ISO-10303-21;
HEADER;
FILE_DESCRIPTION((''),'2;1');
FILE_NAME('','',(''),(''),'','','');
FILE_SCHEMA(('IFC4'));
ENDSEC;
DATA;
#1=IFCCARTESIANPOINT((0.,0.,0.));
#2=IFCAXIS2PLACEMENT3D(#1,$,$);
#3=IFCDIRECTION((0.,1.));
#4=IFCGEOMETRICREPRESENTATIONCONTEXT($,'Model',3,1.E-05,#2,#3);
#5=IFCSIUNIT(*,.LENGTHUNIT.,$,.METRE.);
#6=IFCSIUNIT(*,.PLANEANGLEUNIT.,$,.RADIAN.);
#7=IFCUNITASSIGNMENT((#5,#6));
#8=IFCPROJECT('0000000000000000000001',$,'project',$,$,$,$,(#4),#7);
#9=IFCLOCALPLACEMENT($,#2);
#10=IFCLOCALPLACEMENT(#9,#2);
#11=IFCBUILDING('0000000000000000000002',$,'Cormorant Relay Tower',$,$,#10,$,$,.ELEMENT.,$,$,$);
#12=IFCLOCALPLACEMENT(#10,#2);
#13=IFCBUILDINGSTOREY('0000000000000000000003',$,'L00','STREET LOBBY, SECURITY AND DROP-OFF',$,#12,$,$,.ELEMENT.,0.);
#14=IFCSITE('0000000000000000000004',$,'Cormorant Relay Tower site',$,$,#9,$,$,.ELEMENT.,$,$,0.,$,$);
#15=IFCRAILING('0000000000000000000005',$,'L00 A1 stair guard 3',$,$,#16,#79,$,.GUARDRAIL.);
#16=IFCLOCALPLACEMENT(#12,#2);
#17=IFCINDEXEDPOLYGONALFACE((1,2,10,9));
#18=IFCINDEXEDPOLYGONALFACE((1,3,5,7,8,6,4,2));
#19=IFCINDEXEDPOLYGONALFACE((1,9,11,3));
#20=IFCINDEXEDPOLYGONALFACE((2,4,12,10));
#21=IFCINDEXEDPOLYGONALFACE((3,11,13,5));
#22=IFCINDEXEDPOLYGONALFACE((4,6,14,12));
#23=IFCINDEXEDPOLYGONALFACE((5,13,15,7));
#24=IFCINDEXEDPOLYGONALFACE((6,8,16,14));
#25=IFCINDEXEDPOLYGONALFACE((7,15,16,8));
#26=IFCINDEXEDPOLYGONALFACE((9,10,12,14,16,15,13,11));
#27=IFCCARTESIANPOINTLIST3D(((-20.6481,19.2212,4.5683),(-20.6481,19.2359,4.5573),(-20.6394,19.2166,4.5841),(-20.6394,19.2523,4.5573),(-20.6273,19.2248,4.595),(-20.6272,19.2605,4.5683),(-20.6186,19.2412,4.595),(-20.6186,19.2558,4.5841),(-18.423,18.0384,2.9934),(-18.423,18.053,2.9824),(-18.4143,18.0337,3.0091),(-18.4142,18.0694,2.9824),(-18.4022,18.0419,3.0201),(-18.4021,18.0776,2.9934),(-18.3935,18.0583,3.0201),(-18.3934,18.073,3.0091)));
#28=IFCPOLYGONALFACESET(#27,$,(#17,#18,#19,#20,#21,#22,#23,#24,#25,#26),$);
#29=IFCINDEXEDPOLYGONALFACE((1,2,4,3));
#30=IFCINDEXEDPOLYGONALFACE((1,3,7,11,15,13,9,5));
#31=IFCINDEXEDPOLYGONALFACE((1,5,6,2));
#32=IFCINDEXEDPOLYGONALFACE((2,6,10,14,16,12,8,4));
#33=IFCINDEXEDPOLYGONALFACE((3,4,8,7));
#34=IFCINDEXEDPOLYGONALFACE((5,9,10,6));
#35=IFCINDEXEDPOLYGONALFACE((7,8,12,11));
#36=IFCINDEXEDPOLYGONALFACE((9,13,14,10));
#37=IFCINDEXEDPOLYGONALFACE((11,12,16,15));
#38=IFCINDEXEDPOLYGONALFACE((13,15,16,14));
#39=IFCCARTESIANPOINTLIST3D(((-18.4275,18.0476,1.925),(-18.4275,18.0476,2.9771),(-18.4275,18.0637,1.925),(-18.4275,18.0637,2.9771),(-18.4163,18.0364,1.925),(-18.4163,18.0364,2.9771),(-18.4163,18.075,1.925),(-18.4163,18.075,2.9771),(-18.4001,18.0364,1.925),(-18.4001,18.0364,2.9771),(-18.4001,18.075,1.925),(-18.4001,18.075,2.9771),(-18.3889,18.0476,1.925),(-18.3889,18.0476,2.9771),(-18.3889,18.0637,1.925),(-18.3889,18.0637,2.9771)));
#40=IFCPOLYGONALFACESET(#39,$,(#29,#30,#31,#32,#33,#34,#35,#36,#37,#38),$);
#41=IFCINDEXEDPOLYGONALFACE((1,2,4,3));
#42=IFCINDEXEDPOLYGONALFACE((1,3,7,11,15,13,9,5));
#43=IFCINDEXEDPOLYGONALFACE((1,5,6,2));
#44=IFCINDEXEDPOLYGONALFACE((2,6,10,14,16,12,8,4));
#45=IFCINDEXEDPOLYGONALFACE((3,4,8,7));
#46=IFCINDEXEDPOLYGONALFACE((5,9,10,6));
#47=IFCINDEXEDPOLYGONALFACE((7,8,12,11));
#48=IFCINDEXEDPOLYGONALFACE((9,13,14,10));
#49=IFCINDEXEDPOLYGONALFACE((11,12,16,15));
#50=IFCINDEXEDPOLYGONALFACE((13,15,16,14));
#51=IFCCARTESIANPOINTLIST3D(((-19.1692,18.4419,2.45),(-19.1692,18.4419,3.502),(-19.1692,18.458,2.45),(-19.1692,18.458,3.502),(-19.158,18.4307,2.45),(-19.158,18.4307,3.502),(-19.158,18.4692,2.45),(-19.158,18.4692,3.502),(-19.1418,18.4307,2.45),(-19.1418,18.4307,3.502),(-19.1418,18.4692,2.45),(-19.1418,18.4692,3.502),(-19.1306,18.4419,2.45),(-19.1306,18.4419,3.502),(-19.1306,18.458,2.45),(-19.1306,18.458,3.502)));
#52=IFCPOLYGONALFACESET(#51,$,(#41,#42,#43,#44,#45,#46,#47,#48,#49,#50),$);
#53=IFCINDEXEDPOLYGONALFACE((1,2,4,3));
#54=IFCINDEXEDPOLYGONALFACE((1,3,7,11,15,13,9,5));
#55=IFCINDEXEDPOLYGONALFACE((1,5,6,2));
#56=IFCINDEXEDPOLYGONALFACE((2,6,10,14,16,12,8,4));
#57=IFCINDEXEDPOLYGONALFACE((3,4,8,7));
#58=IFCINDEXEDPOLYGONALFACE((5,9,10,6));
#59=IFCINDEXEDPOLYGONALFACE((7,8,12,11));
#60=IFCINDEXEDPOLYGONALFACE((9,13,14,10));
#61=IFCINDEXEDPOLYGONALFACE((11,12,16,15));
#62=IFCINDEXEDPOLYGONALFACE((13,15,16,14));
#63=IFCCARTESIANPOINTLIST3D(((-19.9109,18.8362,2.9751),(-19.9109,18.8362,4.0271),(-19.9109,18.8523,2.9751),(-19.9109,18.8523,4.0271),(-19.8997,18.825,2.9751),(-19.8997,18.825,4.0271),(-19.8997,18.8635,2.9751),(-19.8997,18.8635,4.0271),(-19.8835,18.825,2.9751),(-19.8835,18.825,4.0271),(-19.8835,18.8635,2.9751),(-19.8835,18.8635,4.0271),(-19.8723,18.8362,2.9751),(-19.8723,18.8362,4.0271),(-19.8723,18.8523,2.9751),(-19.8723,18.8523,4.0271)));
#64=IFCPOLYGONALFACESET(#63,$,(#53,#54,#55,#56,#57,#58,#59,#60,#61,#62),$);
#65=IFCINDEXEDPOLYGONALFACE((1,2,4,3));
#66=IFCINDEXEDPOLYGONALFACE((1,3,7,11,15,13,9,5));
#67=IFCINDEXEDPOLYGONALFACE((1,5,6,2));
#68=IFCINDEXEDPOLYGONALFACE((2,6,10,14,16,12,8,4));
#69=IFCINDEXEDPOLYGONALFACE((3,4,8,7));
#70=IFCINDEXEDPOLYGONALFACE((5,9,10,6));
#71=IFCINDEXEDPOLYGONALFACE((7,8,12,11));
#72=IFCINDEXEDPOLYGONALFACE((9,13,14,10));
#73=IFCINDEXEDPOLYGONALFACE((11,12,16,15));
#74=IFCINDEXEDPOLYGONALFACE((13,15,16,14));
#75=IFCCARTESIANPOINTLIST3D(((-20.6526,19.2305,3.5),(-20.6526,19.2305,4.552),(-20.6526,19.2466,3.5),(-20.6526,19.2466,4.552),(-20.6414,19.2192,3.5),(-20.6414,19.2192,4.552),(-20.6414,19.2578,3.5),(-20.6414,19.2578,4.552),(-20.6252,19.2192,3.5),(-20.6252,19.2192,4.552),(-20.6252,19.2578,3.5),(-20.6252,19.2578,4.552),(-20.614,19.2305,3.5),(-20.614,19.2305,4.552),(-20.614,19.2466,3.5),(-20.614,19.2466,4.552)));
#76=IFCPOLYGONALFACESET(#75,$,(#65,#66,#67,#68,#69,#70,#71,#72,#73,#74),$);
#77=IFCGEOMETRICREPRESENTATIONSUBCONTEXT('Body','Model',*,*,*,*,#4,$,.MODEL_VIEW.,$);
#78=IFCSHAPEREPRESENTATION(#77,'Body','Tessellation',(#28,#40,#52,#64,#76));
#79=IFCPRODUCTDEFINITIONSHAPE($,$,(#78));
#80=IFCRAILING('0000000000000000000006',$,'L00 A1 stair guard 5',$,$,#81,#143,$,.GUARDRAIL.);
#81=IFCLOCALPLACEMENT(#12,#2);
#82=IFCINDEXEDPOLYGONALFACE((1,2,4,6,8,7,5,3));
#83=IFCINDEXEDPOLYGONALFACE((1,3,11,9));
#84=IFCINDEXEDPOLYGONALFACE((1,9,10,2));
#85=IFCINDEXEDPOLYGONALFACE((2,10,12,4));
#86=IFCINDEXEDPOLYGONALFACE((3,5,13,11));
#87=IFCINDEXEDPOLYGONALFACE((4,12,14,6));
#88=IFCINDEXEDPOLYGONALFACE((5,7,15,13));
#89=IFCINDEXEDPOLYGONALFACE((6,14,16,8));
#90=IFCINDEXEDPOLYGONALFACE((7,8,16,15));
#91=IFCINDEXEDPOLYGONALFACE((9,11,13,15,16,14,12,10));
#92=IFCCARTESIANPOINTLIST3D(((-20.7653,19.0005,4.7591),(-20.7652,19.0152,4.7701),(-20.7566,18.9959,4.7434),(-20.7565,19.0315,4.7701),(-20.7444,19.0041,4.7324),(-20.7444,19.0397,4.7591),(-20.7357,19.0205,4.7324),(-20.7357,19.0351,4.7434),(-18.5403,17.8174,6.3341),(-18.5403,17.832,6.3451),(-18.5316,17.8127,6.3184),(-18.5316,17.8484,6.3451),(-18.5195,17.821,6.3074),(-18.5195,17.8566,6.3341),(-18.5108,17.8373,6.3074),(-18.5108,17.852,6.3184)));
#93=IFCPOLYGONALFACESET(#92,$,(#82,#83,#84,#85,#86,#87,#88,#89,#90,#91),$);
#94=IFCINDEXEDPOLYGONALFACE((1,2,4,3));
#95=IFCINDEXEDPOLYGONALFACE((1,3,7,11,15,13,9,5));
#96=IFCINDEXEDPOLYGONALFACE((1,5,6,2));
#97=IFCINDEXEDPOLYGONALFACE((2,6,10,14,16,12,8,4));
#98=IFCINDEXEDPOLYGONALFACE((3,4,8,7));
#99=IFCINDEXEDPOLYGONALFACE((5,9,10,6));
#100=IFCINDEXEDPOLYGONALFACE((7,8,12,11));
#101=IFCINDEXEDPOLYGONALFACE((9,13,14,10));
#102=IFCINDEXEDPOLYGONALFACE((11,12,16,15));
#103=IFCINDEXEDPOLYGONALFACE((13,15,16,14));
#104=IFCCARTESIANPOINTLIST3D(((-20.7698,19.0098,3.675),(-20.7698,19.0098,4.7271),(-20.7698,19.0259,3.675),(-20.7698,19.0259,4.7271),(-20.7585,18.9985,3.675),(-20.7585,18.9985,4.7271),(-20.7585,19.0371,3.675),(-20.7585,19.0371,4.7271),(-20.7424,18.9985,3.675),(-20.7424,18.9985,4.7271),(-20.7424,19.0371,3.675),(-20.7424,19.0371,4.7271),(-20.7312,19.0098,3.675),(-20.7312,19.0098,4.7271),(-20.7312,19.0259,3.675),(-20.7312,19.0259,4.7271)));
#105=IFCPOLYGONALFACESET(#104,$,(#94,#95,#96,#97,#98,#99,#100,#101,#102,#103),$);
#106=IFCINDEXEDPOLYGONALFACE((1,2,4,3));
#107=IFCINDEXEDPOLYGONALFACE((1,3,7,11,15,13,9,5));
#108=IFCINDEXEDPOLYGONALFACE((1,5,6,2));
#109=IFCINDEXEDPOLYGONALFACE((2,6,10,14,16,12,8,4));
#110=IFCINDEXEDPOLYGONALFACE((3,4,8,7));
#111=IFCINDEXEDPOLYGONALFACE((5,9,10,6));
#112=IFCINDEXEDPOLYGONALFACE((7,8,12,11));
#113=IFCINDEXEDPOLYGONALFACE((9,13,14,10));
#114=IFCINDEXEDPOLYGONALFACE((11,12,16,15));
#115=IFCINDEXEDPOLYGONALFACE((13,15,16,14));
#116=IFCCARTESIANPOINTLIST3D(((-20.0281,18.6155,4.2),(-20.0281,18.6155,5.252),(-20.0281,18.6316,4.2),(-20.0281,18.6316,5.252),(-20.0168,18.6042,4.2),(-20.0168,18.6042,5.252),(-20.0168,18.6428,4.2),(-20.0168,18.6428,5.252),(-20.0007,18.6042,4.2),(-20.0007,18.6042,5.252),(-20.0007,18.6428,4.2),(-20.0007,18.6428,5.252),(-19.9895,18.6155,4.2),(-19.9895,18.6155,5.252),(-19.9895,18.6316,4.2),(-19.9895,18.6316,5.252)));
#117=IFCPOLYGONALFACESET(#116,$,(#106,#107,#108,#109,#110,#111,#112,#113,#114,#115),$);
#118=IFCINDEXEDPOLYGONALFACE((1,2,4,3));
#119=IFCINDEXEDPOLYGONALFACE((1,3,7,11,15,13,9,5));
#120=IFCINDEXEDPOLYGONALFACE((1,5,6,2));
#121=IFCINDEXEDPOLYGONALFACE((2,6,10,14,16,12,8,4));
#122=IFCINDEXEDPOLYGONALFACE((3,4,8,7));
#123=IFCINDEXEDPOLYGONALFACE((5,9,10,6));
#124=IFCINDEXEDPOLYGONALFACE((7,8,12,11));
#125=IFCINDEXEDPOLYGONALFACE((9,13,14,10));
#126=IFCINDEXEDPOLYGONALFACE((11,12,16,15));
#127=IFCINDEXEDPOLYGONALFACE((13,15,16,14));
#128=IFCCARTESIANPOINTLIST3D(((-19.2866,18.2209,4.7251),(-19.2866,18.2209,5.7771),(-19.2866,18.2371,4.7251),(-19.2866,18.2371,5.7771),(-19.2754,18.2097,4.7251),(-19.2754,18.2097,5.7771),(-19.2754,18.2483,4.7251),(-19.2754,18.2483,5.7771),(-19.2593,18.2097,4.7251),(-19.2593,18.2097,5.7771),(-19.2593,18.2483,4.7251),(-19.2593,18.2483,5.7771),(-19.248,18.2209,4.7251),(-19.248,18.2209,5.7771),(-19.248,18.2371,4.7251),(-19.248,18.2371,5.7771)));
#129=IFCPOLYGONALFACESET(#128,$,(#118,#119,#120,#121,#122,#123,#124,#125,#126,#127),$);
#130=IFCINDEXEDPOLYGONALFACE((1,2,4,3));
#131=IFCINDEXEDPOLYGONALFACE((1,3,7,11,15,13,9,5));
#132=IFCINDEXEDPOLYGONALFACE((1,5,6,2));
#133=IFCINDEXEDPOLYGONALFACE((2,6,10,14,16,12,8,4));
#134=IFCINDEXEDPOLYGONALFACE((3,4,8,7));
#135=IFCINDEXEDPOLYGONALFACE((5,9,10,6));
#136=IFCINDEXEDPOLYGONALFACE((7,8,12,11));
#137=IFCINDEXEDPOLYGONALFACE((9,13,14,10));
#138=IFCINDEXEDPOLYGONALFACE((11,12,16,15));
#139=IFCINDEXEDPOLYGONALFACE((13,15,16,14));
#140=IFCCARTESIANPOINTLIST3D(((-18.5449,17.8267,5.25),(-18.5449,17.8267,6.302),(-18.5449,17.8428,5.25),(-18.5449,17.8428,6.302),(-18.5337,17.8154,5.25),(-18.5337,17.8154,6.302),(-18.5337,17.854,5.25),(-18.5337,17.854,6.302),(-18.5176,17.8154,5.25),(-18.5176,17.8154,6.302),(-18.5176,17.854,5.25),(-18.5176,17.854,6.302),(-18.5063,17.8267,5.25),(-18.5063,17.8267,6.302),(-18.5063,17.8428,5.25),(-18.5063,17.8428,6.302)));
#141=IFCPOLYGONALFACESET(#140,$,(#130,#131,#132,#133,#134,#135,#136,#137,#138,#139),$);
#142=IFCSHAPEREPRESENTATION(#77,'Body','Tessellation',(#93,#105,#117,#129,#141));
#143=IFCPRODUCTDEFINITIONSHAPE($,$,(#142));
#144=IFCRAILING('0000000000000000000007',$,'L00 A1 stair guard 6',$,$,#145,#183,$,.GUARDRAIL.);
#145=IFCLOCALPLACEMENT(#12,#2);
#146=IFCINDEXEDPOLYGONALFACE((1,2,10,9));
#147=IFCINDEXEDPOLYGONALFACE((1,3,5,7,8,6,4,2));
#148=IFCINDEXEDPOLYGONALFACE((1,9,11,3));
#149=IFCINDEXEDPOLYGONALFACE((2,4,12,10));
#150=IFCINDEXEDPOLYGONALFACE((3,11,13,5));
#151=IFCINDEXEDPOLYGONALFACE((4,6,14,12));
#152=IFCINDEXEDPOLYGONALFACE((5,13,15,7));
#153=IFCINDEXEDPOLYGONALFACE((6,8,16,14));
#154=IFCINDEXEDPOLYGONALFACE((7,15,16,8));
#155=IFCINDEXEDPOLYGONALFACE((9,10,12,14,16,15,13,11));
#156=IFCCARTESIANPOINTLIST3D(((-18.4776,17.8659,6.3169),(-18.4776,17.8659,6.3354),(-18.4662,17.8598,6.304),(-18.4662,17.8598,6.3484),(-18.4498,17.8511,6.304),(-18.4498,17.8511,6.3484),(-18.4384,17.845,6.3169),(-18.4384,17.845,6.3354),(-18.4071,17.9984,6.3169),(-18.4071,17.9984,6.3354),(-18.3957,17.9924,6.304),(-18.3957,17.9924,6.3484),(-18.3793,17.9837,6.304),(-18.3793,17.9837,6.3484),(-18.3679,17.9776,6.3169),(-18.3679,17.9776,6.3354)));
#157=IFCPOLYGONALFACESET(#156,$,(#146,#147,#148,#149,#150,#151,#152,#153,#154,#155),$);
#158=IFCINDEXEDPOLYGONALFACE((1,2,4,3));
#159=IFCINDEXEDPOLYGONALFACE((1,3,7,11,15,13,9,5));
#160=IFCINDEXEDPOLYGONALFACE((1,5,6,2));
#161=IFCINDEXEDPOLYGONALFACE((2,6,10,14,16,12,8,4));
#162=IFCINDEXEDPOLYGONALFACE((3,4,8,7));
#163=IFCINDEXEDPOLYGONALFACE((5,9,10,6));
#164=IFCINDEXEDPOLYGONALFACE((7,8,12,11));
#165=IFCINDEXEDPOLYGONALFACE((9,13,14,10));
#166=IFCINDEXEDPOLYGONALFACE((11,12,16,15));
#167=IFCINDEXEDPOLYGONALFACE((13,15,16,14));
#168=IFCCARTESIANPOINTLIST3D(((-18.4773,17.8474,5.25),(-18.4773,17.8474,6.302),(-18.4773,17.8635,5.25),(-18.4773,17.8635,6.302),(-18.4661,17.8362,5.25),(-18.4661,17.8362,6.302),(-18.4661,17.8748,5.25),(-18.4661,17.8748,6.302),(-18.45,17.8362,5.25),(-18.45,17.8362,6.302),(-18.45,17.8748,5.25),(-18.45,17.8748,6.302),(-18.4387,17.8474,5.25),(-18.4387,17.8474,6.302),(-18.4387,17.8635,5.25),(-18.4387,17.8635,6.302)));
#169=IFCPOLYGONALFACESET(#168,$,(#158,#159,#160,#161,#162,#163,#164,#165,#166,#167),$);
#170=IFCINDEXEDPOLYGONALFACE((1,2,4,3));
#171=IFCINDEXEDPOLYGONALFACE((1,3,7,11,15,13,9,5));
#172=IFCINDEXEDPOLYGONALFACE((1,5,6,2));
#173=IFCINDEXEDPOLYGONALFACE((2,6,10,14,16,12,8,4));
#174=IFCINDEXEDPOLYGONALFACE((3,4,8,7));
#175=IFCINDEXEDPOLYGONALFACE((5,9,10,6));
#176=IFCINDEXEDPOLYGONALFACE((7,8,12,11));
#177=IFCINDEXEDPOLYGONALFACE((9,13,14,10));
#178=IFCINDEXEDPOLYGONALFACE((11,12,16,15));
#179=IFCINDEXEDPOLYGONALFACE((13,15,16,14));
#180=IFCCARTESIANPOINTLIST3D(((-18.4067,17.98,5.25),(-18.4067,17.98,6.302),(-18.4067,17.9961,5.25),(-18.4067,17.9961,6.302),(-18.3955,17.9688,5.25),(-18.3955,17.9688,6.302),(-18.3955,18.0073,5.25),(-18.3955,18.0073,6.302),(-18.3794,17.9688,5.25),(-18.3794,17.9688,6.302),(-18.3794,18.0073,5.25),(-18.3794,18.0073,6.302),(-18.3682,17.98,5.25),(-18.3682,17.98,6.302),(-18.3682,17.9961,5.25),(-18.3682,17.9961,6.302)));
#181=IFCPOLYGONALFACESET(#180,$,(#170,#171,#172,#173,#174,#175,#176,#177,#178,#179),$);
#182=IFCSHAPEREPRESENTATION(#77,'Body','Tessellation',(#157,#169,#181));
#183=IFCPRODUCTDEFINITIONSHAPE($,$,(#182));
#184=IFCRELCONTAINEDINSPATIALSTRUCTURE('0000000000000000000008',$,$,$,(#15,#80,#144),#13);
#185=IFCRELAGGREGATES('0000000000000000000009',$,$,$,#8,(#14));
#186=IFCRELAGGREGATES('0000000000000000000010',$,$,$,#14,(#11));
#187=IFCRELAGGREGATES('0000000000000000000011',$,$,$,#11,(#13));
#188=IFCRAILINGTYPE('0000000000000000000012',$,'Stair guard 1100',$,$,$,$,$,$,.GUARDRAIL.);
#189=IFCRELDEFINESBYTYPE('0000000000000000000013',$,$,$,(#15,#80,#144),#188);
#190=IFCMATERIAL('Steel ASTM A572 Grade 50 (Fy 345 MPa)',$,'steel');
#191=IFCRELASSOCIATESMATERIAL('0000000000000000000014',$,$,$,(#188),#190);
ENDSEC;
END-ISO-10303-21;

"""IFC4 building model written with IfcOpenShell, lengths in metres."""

from ifc_helpers import new_model, si_unit, direction, frame, origin, place, context, subcontext, project, spatial, polyline, outline, extrude, material, type_object, element, save


model = new_model("IFC4")

# Units and contexts
model_context = context("Model", 3, precision=1e-05, world=origin(), true_north=direction((0.0, 1.0)))
body_context = subcontext(model_context, "Body", "Model", "MODEL_VIEW")
ifc_project = project(units=[si_unit("LENGTHUNIT", "METRE"), si_unit("PLANEANGLEUNIT", "RADIAN")], contexts=[model_context])

# Site, building, storey
site_placement = place(None, origin())
site = spatial("IfcSite", under=ifc_project, at=site_placement, Name="Cormorant Relay Tower site", CompositionType="ELEMENT", RefElevation=0.0)
building_placement = place(site_placement, origin())
building = spatial("IfcBuilding", under=site, at=building_placement, Name="Cormorant Relay Tower", CompositionType="ELEMENT")
storey_placement = place(building_placement, origin())
storey = spatial("IfcBuildingStorey", under=building, at=storey_placement, Name="L00", Description="STREET LOBBY, SECURITY AND DROP-OFF", CompositionType="ELEMENT", Elevation=0.0)

# Railings
ifc_material_1 = material(Name="Steel ASTM A572 Grade 50 (Fy 345 MPa)", Category="steel")
railing_type = type_object("IfcRailingType", Name="Stair guard 1100", PredefinedType="GUARDRAIL", material=ifc_material_1)
railing_1_placement = place(storey_placement, frame((-18.4082, 18.0557, 1.925)))
element("IfcRailing", 1, at=railing_1_placement, inside=storey, type_object=railing_type, Name="L00 A1 stair guard 3", PredefinedType="GUARDRAIL", context=body_context, shape_type="SweptSolid", body=[
    extrude(outline(polyline([(0.0222, 0.0093), (0.0093, 0.0222), (-0.0093, 0.0222), (-0.0222, 0.0093), (-0.0222, -0.0093), (-0.0093, -0.0222), (0.0093, -0.0222), (0.0222, -0.0093), (0.0222, 0.0093)])), frame((0.0, 0.0, 1.0762), z_axis=(-0.748776, 0.398049, 0.529993), x_axis=(-0.469396, -0.882988, 0.0)), (0.0, 0.0, 1.0), 2.9717),
    extrude(outline(polyline([(0.0193, 0.0081), (0.0081, 0.0193), (-0.0081, 0.0193), (-0.0193, 0.0081), (-0.0193, -0.0081), (-0.0081, -0.0193), (0.0081, -0.0193), (0.0193, -0.0081), (0.0193, 0.0081)])), origin(), (0.0, 0.0, 1.0), 1.052),
    extrude(outline(polyline([(0.0193, 0.0081), (0.0081, 0.0193), (-0.0081, 0.0193), (-0.0193, 0.0081), (-0.0193, -0.0081), (-0.0081, -0.0193), (0.0081, -0.0193), (0.0193, -0.0081), (0.0193, 0.0081)])), frame((-0.7417, 0.3943, 0.5249)), (0.0, 0.0, 1.0), 1.052),
    extrude(outline(polyline([(0.0193, 0.0081), (0.0081, 0.0193), (-0.0081, 0.0193), (-0.0193, 0.0081), (-0.0193, -0.0081), (-0.0081, -0.0193), (0.0081, -0.0193), (0.0193, -0.0081), (0.0193, 0.0081)])), frame((-1.4834, 0.7886, 1.05)), (0.0, 0.0, 1.0), 1.052),
    extrude(outline(polyline([(0.0193, 0.0081), (0.0081, 0.0193), (-0.0081, 0.0193), (-0.0193, 0.0081), (-0.0193, -0.0081), (-0.0081, -0.0193), (0.0081, -0.0193), (0.0193, -0.0081), (0.0193, 0.0081)])), frame((-2.2251, 1.1829, 1.575)), (0.0, 0.0, 1.0), 1.052),
])
railing_2_placement = place(storey_placement, frame((-20.7505, 19.0178, 3.675)))
element("IfcRailing", 2, at=railing_2_placement, inside=storey, type_object=railing_type, Name="L00 A1 stair guard 5", PredefinedType="GUARDRAIL", context=body_context, shape_type="SweptSolid", body=[
    extrude(outline(polyline([(0.0222, 0.0093), (0.0093, 0.0222), (-0.0093, 0.0222), (-0.0222, 0.0093), (-0.0222, -0.0093), (-0.0093, -0.0222), (0.0093, -0.0222), (0.0222, -0.0093), (0.0222, 0.0093)])), frame((0.0, 0.0, 1.0762), z_axis=(0.748715, -0.398143, 0.530008), x_axis=(0.469512, 0.882926, 0.0)), (0.0, 0.0, 1.0), 2.9717),
    extrude(outline(polyline([(0.0193, 0.0081), (0.0081, 0.0193), (-0.0081, 0.0193), (-0.0193, 0.0081), (-0.0193, -0.0081), (-0.0081, -0.0193), (0.0081, -0.0193), (0.0193, -0.0081), (0.0193, 0.0081)])), origin(), (0.0, 0.0, 1.0), 1.052),
    extrude(outline(polyline([(0.0193, 0.0081), (0.0081, 0.0193), (-0.0081, 0.0193), (-0.0193, 0.0081), (-0.0193, -0.0081), (-0.0081, -0.0193), (0.0081, -0.0193), (0.0193, -0.0081), (0.0193, 0.0081)])), frame((0.7417, -0.3943, 0.5249)), (0.0, 0.0, 1.0), 1.052),
    extrude(outline(polyline([(0.0193, 0.0081), (0.0081, 0.0193), (-0.0081, 0.0193), (-0.0193, 0.0081), (-0.0193, -0.0081), (-0.0081, -0.0193), (0.0081, -0.0193), (0.0193, -0.0081), (0.0193, 0.0081)])), frame((1.4832, -0.7888, 1.05)), (0.0, 0.0, 1.0), 1.052),
    extrude(outline(polyline([(0.0193, 0.0081), (0.0081, 0.0193), (-0.0081, 0.0193), (-0.0193, 0.0081), (-0.0193, -0.0081), (-0.0081, -0.0193), (0.0081, -0.0193), (0.0193, -0.0081), (0.0193, 0.0081)])), frame((2.2249, -1.1831, 1.575)), (0.0, 0.0, 1.0), 1.052),
])
railing_3_placement = place(storey_placement, frame((-18.458, 17.8555, 5.25)))
element("IfcRailing", 3, at=railing_3_placement, inside=storey, type_object=railing_type, Name="L00 A1 stair guard 6", PredefinedType="GUARDRAIL", context=body_context, shape_type="SweptSolid", body=[
    extrude(outline(polyline([(0.0222, 0.0093), (0.0093, 0.0222), (-0.0093, 0.0222), (-0.0222, 0.0093), (-0.0222, -0.0093), (-0.0093, -0.0222), (0.0093, -0.0222), (0.0222, -0.0093), (0.0222, 0.0093)])), frame((0.0, 0.0, 1.0762), z_axis=(0.469829, 0.882758, 0.0), x_axis=(-0.882758, 0.469829, 0.0)), (0.0, 0.0, 1.0), 0.1501),
    extrude(outline(polyline([(0.0193, 0.0081), (0.0081, 0.0193), (-0.0081, 0.0193), (-0.0193, 0.0081), (-0.0193, -0.0081), (-0.0081, -0.0193), (0.0081, -0.0193), (0.0193, -0.0081), (0.0193, 0.0081)])), origin(), (0.0, 0.0, 1.0), 1.052),
    extrude(outline(polyline([(0.0193, 0.0081), (0.0081, 0.0193), (-0.0081, 0.0193), (-0.0193, 0.0081), (-0.0193, -0.0081), (-0.0081, -0.0193), (0.0081, -0.0193), (0.0193, -0.0081), (0.0193, 0.0081)])), frame((0.0706, 0.1326, 0.0)), (0.0, 0.0, 1.0), 1.052),
])

save(model, "model.ifc")
